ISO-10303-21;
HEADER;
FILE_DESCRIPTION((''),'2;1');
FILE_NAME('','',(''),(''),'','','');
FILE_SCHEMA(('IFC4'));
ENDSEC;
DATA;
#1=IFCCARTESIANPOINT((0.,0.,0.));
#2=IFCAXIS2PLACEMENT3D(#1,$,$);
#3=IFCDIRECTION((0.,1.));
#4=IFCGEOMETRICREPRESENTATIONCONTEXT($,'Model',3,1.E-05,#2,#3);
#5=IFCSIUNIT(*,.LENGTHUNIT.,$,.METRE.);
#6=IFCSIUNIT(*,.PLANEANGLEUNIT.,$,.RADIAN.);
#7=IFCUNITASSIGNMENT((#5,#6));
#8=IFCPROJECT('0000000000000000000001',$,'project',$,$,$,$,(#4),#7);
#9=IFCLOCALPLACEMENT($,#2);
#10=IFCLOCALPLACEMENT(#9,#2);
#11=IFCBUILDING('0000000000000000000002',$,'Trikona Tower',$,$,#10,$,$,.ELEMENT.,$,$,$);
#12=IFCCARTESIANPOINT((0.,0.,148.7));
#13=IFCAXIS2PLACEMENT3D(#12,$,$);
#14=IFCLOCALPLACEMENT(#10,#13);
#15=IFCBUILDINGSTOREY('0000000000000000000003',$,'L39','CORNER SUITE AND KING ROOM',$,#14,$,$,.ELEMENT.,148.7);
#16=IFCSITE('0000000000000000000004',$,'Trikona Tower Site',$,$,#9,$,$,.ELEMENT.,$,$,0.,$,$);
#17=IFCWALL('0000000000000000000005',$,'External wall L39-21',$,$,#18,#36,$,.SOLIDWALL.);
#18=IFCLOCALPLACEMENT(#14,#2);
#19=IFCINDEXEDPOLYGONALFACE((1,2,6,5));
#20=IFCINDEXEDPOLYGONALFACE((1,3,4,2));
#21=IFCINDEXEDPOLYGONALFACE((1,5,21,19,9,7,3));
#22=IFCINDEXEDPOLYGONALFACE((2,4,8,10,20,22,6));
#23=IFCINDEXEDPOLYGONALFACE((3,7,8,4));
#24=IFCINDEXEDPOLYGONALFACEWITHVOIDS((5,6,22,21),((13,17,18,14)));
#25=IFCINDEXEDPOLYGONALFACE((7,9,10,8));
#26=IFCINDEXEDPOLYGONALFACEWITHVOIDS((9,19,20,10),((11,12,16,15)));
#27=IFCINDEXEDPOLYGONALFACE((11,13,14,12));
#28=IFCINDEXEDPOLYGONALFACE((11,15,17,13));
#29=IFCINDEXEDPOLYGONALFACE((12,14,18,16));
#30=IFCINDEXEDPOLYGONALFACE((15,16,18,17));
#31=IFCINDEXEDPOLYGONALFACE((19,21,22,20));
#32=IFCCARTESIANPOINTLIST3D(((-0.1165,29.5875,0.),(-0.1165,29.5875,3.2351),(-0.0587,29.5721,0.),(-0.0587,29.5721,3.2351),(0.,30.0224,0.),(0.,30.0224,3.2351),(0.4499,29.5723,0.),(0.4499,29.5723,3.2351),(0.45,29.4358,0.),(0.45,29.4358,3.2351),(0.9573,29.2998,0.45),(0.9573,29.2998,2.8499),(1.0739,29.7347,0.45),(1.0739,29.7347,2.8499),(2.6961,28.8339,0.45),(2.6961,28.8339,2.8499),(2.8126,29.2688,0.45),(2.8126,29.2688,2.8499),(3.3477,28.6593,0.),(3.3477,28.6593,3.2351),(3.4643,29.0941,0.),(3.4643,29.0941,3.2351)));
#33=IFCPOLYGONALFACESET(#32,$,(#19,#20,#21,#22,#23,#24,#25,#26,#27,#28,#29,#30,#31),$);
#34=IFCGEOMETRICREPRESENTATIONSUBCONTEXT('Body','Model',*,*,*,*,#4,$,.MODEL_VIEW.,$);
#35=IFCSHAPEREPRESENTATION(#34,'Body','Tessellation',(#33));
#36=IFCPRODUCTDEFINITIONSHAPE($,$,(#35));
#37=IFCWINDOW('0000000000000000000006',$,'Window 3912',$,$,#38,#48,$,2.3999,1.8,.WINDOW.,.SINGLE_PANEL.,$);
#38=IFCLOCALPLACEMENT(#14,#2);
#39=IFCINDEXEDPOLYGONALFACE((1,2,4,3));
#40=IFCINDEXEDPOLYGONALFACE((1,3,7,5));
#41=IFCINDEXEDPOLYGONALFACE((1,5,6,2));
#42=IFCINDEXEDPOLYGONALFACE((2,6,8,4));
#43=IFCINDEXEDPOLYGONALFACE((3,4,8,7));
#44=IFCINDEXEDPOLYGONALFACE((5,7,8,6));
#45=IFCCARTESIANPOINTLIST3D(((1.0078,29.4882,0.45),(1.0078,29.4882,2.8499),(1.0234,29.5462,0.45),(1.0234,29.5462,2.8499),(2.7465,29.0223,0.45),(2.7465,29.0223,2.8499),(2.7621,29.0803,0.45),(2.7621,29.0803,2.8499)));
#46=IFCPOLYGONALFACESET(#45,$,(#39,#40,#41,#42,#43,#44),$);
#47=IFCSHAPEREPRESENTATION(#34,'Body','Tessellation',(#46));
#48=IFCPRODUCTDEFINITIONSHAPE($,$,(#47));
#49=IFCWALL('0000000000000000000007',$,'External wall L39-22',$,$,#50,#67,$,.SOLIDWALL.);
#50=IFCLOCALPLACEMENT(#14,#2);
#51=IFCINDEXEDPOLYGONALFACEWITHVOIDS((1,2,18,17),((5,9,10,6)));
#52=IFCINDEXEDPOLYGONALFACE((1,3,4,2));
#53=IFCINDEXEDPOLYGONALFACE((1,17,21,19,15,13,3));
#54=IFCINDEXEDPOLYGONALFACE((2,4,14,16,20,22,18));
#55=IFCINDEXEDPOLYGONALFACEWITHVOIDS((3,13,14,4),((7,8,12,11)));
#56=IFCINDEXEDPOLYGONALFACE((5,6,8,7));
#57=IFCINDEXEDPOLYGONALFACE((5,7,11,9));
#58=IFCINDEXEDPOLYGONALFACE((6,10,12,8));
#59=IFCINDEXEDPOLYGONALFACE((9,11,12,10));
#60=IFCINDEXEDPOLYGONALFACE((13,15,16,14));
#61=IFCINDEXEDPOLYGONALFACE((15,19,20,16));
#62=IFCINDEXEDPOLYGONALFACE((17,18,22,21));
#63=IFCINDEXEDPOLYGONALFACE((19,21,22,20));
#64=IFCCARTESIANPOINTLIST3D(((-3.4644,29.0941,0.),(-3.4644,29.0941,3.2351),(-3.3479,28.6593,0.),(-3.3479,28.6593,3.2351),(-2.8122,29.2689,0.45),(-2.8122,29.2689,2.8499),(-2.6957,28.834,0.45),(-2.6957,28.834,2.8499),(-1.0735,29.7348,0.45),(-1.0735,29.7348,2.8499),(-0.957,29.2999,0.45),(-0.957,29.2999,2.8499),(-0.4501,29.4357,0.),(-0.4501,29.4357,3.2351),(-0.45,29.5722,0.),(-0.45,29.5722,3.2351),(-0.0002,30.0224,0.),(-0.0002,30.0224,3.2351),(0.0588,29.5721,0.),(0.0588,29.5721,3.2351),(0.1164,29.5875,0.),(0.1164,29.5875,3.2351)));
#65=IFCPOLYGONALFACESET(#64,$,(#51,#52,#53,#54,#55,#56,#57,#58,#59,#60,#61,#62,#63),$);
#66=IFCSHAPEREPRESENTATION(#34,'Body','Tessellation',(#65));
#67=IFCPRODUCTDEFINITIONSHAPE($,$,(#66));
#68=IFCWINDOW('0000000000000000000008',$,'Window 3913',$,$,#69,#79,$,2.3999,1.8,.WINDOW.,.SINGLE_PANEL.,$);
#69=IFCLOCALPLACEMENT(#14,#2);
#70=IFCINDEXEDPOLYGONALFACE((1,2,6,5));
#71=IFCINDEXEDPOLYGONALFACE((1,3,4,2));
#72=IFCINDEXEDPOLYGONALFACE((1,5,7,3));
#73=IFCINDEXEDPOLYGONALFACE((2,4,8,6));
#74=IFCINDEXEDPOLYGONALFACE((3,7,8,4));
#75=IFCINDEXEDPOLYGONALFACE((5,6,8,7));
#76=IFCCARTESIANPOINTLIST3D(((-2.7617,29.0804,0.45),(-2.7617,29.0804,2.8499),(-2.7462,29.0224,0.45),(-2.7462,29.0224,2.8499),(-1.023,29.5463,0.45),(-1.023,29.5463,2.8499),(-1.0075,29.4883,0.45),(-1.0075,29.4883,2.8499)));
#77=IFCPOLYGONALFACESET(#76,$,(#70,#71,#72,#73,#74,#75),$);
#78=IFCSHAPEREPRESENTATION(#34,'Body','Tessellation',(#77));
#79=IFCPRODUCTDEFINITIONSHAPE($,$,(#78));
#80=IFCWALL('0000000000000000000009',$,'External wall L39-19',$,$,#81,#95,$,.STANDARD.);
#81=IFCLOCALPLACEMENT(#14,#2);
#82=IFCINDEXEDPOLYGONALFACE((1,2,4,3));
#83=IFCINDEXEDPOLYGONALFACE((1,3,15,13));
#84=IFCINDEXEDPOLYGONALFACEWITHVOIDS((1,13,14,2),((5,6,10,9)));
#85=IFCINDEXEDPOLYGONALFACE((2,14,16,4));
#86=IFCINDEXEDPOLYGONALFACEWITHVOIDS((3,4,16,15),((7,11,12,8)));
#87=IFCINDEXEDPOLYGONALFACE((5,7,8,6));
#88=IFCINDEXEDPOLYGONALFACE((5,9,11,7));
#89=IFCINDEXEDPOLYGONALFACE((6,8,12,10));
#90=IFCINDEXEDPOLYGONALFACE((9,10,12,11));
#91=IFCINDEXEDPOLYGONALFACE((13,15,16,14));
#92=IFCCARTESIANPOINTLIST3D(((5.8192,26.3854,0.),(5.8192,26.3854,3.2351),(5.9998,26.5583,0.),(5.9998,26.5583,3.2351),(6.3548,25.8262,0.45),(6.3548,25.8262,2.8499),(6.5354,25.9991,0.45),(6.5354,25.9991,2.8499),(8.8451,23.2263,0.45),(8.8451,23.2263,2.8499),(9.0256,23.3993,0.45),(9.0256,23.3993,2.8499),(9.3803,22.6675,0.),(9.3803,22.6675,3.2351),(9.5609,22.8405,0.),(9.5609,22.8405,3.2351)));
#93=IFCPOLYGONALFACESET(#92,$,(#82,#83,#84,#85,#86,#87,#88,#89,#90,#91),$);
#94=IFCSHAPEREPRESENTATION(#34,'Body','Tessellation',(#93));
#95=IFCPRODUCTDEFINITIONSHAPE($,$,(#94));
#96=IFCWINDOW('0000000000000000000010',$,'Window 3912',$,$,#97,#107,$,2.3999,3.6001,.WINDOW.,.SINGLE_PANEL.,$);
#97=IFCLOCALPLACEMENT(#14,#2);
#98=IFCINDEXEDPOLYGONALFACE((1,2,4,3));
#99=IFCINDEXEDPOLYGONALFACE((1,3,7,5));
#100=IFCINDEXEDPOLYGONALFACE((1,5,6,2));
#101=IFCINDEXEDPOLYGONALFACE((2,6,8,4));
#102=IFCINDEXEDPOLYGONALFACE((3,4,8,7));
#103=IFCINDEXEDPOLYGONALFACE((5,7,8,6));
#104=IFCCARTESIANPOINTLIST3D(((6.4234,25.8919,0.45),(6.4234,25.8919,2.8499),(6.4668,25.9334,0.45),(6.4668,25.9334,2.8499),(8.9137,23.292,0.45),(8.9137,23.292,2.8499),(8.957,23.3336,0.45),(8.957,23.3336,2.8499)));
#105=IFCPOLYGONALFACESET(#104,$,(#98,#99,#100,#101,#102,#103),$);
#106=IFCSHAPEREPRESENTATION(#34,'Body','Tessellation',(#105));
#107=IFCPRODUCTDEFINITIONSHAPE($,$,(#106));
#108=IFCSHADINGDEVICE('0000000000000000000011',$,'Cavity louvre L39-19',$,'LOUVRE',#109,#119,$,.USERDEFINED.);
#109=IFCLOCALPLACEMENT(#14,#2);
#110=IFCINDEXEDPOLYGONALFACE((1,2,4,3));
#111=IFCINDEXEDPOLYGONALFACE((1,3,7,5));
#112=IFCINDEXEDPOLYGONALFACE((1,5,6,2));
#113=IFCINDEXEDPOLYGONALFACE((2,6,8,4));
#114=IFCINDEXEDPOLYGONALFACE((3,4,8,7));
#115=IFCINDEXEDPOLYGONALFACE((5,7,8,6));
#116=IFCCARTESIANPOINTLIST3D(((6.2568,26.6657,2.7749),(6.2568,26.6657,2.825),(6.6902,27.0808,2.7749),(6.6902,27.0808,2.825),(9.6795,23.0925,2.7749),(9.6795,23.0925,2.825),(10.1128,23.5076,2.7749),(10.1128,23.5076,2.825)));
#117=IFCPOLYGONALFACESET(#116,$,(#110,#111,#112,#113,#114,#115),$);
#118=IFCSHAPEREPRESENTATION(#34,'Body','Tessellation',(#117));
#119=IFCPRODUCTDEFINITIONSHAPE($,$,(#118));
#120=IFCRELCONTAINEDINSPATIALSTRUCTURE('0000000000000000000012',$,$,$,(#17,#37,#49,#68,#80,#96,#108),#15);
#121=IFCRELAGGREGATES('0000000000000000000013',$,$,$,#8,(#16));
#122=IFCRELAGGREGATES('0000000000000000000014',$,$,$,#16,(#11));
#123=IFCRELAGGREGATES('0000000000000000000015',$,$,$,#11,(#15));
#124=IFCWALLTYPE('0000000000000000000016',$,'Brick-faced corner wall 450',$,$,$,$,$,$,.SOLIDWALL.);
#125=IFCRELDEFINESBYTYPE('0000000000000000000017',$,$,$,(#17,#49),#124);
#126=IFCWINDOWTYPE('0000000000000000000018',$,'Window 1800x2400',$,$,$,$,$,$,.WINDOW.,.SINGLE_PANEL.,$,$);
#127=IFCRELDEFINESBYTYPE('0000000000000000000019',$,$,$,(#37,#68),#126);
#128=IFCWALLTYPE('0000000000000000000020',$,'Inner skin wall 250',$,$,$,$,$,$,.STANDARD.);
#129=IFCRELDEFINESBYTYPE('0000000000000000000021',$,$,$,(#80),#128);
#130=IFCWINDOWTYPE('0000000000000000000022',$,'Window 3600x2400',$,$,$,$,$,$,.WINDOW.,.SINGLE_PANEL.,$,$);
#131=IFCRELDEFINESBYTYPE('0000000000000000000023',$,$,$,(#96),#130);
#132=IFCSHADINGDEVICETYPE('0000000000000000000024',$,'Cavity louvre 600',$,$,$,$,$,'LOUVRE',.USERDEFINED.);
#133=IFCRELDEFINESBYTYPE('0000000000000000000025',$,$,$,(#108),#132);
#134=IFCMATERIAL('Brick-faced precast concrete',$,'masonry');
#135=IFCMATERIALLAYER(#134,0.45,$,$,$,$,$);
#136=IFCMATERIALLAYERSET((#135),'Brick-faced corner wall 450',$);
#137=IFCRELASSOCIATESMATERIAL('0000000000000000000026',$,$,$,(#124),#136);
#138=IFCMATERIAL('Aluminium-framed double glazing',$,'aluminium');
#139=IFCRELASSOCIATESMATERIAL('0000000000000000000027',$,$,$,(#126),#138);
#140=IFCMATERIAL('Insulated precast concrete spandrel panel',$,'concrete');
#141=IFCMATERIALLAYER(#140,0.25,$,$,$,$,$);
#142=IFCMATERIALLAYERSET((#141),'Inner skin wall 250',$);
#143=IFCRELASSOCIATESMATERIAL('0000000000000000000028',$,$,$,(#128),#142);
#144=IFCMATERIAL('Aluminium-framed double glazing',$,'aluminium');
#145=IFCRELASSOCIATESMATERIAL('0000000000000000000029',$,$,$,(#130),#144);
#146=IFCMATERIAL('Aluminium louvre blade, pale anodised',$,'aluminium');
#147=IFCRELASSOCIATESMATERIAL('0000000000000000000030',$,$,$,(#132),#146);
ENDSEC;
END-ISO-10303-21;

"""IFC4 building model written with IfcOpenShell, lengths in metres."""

from ifc_helpers import new_model, si_unit, direction, frame, frame_2d, origin, origin_2d, place, context, subcontext, project, spatial, polyline, rectangle, outline, extrude, material, layer, layer_set, type_object, element, fill, save


model = new_model("IFC4")

# Units and contexts
model_context = context("Model", 3, precision=1e-05, world=origin(), true_north=direction((0.0, 1.0)))
body_context = subcontext(model_context, "Body", "Model", "MODEL_VIEW")
ifc_project = project(units=[si_unit("LENGTHUNIT", "METRE"), si_unit("PLANEANGLEUNIT", "RADIAN")], contexts=[model_context])

# Site, building, storey
site_placement = place(None, origin())
site = spatial("IfcSite", under=ifc_project, at=site_placement, Name="Trikona Tower Site", CompositionType="ELEMENT", RefElevation=0.0)
building_placement = place(site_placement, origin())
building = spatial("IfcBuilding", under=site, at=building_placement, Name="Trikona Tower", CompositionType="ELEMENT")
storey_placement = place(building_placement, frame((0.0, 0.0, 148.7)))
storey = spatial("IfcBuildingStorey", under=building, at=storey_placement, Name="L39", Description="CORNER SUITE AND KING ROOM", CompositionType="ELEMENT", Elevation=148.7)

# Walls, openings, windows
ifc_material_1 = material(Name="Brick-faced precast concrete", Category="masonry")
ifc_layer_1 = layer(ifc_material_1, 0.45)
ifc_layer_set_1 = layer_set([ifc_layer_1], Name="Brick-faced corner wall 450")
wall_type_1 = type_object("IfcWallType", Name="Brick-faced corner wall 450", PredefinedType="SOLIDWALL", material=ifc_layer_set_1)
wall_1_placement = place(storey_placement, frame((3.406, 28.8767, 0.0), z_axis=(0.0, 0.0, 1.0), x_axis=(-0.965925, 0.258823, 0.0)))
wall_1 = element("IfcWall", 1, at=wall_1_placement, inside=storey, type_object=wall_type_1, Name="External wall L39-21", PredefinedType="SOLIDWALL", context=body_context, shape_type="SweptSolid", body=[
    extrude(outline(polyline([(3.5864, 0.2251), (3.5266, 0.2251), (3.0354, 0.0933), (3.0, 0.2251), (0.0, 0.2251), (0.0, -0.2251), (3.5864, -0.2251), (3.5864, 0.2251)])), origin(), (0.0, 0.0, 1.0), 3.2351),
])
opening_1_placement = place(wall_1_placement, frame((0.6748, 0.0, 0.45)))
opening_1 = element("IfcOpeningElement", 2, at=opening_1_placement, cuts=wall_1, PredefinedType="OPENING", context=body_context, shape_type="SweptSolid", body=[
    extrude(rectangle(XDim=1.8, YDim=2.3999, at=frame_2d((0.8999, 1.2))), frame((0.0, 0.2349, 0.0), z_axis=(0.0, -1.0, 0.0), x_axis=(1.0, 0.0, 0.0)), (0.0, 0.0, 1.0), 0.47),
])
ifc_material_2 = material(Name="Aluminium-framed double glazing", Category="aluminium")
window_type_1 = type_object("IfcWindowType", Name="Window 1800x2400", PartitioningType="SINGLE_PANEL", PredefinedType="WINDOW", material=ifc_material_2)
window_1_placement = place(opening_1_placement, origin())
window_1 = element("IfcWindow", 3, at=window_1_placement, inside=storey, type_object=window_type_1, Name="Window 3912", OverallHeight=2.3999, OverallWidth=1.8, PartitioningType="SINGLE_PANEL", PredefinedType="WINDOW", context=body_context, shape_type="SweptSolid", body=[
    extrude(rectangle(XDim=1.8, YDim=2.3999, at=frame_2d((0.8999, 1.2))), frame((0.0, 0.03, 0.0), z_axis=(0.0, -1.0, 0.0), x_axis=(1.0, 0.0, 0.0)), (0.0, 0.0, 1.0), 0.0601),
])
fill(opening_1, window_1)
wall_2_placement = place(storey_placement, frame((0.0581, 29.8049, 0.0), z_axis=(0.0, 0.0, 1.0), x_axis=(-0.965925, -0.258823, 0.0)))
wall_2 = element("IfcWall", 4, at=wall_2_placement, inside=storey, type_object=wall_type_1, Name="External wall L39-22", PredefinedType="SOLIDWALL", context=body_context, shape_type="SweptSolid", body=[
    extrude(outline(polyline([(3.5864, 0.2251), (0.5864, 0.2251), (0.551, 0.0933), (0.0596, 0.2251), (0.0, 0.2251), (0.0, -0.2251), (3.5864, -0.2251), (3.5864, 0.2251)])), origin(), (0.0, 0.0, 1.0), 3.2351),
])
opening_2_placement = place(wall_2_placement, frame((1.1113, 0.0, 0.45)))
opening_2 = element("IfcOpeningElement", 5, at=opening_2_placement, cuts=wall_2, PredefinedType="OPENING", context=body_context, shape_type="SweptSolid", body=[
    extrude(rectangle(XDim=1.8, YDim=2.3999, at=frame_2d((0.8999, 1.2))), frame((0.0, 0.2349, 0.0), z_axis=(0.0, -1.0, 0.0), x_axis=(1.0, 0.0, 0.0)), (0.0, 0.0, 1.0), 0.47),
])
window_2_placement = place(opening_2_placement, origin())
window_2 = element("IfcWindow", 6, at=window_2_placement, inside=storey, type_object=window_type_1, Name="Window 3913", OverallHeight=2.3999, OverallWidth=1.8, PartitioningType="SINGLE_PANEL", PredefinedType="WINDOW", context=body_context, shape_type="SweptSolid", body=[
    extrude(rectangle(XDim=1.8, YDim=2.3999, at=frame_2d((0.8999, 1.2))), frame((0.0, 0.03, 0.0), z_axis=(0.0, -1.0, 0.0), x_axis=(1.0, 0.0, 0.0)), (0.0, 0.0, 1.0), 0.0601),
])
fill(opening_2, window_2)
ifc_material_3 = material(Name="Insulated precast concrete spandrel panel", Category="concrete")
ifc_layer_2 = layer(ifc_material_3, 0.25)
ifc_layer_set_2 = layer_set([ifc_layer_2], Name="Inner skin wall 250")
wall_type_2 = type_object("IfcWallType", Name="Inner skin wall 250", PredefinedType="STANDARD", material=ifc_layer_set_2)
wall_3_placement = place(storey_placement, frame((9.4707, 22.7539, 0.0), z_axis=(0.0, 0.0, 1.0), x_axis=(-0.69172, 0.722166, 0.0)))
wall_3 = element("IfcWall", 7, at=wall_3_placement, inside=storey, type_object=wall_type_2, Name="External wall L39-19", PredefinedType="STANDARD", context=body_context, shape_type="SweptSolid", body=[
    extrude(rectangle(XDim=5.1482, YDim=0.25, at=frame_2d((2.5742, 0.0))), origin(), (0.0, 0.0, 1.0), 3.2351),
])
opening_3_placement = place(wall_3_placement, frame((0.7739, 0.0, 0.45)))
opening_3 = element("IfcOpeningElement", 8, at=opening_3_placement, cuts=wall_3, PredefinedType="OPENING", context=body_context, shape_type="SweptSolid", body=[
    extrude(rectangle(XDim=3.6001, YDim=2.3999, at=frame_2d((1.8, 1.2))), frame((0.0, 0.135, 0.0), z_axis=(0.0, -1.0, 0.0), x_axis=(1.0, 0.0, 0.0)), (0.0, 0.0, 1.0), 0.27),
])
ifc_material_4 = material(Name="Aluminium-framed double glazing", Category="aluminium")
window_type_2 = type_object("IfcWindowType", Name="Window 3600x2400", PartitioningType="SINGLE_PANEL", PredefinedType="WINDOW", material=ifc_material_4)
window_3_placement = place(opening_3_placement, origin())
window_3 = element("IfcWindow", 9, at=window_3_placement, inside=storey, type_object=window_type_2, Name="Window 3912", OverallHeight=2.3999, OverallWidth=3.6001, PartitioningType="SINGLE_PANEL", PredefinedType="WINDOW", context=body_context, shape_type="SweptSolid", body=[
    extrude(rectangle(XDim=3.6001, YDim=2.3999, at=frame_2d((1.8, 1.2))), frame((0.0, 0.03, 0.0), z_axis=(0.0, -1.0, 0.0), x_axis=(1.0, 0.0, 0.0)), (0.0, 0.0, 1.0), 0.0601),
])
fill(opening_3, window_3)

# Shading device
ifc_material_5 = material(Name="Aluminium louvre blade, pale anodised", Category="aluminium")
shading_device_type = type_object("IfcShadingDeviceType", Name="Cavity louvre 600", ElementType="LOUVRE", PredefinedType="USERDEFINED", material=ifc_material_5)
shading_device_placement = place(storey_placement, frame((8.1848, 25.0867, 2.7749), z_axis=(0.0, 0.0, 1.0), x_axis=(-0.691724, 0.722162, 0.0)))
element("IfcShadingDevice", 10, at=shading_device_placement, inside=storey, type_object=shading_device_type, Name="Cavity louvre L39-19", ObjectType="LOUVRE", PredefinedType="USERDEFINED", context=body_context, shape_type="SweptSolid", body=[
    extrude(rectangle(XDim=4.948, YDim=0.6001, at=origin_2d()), origin(), (0.0, 0.0, 1.0), 0.05),
])

save(model, "model.ifc")
